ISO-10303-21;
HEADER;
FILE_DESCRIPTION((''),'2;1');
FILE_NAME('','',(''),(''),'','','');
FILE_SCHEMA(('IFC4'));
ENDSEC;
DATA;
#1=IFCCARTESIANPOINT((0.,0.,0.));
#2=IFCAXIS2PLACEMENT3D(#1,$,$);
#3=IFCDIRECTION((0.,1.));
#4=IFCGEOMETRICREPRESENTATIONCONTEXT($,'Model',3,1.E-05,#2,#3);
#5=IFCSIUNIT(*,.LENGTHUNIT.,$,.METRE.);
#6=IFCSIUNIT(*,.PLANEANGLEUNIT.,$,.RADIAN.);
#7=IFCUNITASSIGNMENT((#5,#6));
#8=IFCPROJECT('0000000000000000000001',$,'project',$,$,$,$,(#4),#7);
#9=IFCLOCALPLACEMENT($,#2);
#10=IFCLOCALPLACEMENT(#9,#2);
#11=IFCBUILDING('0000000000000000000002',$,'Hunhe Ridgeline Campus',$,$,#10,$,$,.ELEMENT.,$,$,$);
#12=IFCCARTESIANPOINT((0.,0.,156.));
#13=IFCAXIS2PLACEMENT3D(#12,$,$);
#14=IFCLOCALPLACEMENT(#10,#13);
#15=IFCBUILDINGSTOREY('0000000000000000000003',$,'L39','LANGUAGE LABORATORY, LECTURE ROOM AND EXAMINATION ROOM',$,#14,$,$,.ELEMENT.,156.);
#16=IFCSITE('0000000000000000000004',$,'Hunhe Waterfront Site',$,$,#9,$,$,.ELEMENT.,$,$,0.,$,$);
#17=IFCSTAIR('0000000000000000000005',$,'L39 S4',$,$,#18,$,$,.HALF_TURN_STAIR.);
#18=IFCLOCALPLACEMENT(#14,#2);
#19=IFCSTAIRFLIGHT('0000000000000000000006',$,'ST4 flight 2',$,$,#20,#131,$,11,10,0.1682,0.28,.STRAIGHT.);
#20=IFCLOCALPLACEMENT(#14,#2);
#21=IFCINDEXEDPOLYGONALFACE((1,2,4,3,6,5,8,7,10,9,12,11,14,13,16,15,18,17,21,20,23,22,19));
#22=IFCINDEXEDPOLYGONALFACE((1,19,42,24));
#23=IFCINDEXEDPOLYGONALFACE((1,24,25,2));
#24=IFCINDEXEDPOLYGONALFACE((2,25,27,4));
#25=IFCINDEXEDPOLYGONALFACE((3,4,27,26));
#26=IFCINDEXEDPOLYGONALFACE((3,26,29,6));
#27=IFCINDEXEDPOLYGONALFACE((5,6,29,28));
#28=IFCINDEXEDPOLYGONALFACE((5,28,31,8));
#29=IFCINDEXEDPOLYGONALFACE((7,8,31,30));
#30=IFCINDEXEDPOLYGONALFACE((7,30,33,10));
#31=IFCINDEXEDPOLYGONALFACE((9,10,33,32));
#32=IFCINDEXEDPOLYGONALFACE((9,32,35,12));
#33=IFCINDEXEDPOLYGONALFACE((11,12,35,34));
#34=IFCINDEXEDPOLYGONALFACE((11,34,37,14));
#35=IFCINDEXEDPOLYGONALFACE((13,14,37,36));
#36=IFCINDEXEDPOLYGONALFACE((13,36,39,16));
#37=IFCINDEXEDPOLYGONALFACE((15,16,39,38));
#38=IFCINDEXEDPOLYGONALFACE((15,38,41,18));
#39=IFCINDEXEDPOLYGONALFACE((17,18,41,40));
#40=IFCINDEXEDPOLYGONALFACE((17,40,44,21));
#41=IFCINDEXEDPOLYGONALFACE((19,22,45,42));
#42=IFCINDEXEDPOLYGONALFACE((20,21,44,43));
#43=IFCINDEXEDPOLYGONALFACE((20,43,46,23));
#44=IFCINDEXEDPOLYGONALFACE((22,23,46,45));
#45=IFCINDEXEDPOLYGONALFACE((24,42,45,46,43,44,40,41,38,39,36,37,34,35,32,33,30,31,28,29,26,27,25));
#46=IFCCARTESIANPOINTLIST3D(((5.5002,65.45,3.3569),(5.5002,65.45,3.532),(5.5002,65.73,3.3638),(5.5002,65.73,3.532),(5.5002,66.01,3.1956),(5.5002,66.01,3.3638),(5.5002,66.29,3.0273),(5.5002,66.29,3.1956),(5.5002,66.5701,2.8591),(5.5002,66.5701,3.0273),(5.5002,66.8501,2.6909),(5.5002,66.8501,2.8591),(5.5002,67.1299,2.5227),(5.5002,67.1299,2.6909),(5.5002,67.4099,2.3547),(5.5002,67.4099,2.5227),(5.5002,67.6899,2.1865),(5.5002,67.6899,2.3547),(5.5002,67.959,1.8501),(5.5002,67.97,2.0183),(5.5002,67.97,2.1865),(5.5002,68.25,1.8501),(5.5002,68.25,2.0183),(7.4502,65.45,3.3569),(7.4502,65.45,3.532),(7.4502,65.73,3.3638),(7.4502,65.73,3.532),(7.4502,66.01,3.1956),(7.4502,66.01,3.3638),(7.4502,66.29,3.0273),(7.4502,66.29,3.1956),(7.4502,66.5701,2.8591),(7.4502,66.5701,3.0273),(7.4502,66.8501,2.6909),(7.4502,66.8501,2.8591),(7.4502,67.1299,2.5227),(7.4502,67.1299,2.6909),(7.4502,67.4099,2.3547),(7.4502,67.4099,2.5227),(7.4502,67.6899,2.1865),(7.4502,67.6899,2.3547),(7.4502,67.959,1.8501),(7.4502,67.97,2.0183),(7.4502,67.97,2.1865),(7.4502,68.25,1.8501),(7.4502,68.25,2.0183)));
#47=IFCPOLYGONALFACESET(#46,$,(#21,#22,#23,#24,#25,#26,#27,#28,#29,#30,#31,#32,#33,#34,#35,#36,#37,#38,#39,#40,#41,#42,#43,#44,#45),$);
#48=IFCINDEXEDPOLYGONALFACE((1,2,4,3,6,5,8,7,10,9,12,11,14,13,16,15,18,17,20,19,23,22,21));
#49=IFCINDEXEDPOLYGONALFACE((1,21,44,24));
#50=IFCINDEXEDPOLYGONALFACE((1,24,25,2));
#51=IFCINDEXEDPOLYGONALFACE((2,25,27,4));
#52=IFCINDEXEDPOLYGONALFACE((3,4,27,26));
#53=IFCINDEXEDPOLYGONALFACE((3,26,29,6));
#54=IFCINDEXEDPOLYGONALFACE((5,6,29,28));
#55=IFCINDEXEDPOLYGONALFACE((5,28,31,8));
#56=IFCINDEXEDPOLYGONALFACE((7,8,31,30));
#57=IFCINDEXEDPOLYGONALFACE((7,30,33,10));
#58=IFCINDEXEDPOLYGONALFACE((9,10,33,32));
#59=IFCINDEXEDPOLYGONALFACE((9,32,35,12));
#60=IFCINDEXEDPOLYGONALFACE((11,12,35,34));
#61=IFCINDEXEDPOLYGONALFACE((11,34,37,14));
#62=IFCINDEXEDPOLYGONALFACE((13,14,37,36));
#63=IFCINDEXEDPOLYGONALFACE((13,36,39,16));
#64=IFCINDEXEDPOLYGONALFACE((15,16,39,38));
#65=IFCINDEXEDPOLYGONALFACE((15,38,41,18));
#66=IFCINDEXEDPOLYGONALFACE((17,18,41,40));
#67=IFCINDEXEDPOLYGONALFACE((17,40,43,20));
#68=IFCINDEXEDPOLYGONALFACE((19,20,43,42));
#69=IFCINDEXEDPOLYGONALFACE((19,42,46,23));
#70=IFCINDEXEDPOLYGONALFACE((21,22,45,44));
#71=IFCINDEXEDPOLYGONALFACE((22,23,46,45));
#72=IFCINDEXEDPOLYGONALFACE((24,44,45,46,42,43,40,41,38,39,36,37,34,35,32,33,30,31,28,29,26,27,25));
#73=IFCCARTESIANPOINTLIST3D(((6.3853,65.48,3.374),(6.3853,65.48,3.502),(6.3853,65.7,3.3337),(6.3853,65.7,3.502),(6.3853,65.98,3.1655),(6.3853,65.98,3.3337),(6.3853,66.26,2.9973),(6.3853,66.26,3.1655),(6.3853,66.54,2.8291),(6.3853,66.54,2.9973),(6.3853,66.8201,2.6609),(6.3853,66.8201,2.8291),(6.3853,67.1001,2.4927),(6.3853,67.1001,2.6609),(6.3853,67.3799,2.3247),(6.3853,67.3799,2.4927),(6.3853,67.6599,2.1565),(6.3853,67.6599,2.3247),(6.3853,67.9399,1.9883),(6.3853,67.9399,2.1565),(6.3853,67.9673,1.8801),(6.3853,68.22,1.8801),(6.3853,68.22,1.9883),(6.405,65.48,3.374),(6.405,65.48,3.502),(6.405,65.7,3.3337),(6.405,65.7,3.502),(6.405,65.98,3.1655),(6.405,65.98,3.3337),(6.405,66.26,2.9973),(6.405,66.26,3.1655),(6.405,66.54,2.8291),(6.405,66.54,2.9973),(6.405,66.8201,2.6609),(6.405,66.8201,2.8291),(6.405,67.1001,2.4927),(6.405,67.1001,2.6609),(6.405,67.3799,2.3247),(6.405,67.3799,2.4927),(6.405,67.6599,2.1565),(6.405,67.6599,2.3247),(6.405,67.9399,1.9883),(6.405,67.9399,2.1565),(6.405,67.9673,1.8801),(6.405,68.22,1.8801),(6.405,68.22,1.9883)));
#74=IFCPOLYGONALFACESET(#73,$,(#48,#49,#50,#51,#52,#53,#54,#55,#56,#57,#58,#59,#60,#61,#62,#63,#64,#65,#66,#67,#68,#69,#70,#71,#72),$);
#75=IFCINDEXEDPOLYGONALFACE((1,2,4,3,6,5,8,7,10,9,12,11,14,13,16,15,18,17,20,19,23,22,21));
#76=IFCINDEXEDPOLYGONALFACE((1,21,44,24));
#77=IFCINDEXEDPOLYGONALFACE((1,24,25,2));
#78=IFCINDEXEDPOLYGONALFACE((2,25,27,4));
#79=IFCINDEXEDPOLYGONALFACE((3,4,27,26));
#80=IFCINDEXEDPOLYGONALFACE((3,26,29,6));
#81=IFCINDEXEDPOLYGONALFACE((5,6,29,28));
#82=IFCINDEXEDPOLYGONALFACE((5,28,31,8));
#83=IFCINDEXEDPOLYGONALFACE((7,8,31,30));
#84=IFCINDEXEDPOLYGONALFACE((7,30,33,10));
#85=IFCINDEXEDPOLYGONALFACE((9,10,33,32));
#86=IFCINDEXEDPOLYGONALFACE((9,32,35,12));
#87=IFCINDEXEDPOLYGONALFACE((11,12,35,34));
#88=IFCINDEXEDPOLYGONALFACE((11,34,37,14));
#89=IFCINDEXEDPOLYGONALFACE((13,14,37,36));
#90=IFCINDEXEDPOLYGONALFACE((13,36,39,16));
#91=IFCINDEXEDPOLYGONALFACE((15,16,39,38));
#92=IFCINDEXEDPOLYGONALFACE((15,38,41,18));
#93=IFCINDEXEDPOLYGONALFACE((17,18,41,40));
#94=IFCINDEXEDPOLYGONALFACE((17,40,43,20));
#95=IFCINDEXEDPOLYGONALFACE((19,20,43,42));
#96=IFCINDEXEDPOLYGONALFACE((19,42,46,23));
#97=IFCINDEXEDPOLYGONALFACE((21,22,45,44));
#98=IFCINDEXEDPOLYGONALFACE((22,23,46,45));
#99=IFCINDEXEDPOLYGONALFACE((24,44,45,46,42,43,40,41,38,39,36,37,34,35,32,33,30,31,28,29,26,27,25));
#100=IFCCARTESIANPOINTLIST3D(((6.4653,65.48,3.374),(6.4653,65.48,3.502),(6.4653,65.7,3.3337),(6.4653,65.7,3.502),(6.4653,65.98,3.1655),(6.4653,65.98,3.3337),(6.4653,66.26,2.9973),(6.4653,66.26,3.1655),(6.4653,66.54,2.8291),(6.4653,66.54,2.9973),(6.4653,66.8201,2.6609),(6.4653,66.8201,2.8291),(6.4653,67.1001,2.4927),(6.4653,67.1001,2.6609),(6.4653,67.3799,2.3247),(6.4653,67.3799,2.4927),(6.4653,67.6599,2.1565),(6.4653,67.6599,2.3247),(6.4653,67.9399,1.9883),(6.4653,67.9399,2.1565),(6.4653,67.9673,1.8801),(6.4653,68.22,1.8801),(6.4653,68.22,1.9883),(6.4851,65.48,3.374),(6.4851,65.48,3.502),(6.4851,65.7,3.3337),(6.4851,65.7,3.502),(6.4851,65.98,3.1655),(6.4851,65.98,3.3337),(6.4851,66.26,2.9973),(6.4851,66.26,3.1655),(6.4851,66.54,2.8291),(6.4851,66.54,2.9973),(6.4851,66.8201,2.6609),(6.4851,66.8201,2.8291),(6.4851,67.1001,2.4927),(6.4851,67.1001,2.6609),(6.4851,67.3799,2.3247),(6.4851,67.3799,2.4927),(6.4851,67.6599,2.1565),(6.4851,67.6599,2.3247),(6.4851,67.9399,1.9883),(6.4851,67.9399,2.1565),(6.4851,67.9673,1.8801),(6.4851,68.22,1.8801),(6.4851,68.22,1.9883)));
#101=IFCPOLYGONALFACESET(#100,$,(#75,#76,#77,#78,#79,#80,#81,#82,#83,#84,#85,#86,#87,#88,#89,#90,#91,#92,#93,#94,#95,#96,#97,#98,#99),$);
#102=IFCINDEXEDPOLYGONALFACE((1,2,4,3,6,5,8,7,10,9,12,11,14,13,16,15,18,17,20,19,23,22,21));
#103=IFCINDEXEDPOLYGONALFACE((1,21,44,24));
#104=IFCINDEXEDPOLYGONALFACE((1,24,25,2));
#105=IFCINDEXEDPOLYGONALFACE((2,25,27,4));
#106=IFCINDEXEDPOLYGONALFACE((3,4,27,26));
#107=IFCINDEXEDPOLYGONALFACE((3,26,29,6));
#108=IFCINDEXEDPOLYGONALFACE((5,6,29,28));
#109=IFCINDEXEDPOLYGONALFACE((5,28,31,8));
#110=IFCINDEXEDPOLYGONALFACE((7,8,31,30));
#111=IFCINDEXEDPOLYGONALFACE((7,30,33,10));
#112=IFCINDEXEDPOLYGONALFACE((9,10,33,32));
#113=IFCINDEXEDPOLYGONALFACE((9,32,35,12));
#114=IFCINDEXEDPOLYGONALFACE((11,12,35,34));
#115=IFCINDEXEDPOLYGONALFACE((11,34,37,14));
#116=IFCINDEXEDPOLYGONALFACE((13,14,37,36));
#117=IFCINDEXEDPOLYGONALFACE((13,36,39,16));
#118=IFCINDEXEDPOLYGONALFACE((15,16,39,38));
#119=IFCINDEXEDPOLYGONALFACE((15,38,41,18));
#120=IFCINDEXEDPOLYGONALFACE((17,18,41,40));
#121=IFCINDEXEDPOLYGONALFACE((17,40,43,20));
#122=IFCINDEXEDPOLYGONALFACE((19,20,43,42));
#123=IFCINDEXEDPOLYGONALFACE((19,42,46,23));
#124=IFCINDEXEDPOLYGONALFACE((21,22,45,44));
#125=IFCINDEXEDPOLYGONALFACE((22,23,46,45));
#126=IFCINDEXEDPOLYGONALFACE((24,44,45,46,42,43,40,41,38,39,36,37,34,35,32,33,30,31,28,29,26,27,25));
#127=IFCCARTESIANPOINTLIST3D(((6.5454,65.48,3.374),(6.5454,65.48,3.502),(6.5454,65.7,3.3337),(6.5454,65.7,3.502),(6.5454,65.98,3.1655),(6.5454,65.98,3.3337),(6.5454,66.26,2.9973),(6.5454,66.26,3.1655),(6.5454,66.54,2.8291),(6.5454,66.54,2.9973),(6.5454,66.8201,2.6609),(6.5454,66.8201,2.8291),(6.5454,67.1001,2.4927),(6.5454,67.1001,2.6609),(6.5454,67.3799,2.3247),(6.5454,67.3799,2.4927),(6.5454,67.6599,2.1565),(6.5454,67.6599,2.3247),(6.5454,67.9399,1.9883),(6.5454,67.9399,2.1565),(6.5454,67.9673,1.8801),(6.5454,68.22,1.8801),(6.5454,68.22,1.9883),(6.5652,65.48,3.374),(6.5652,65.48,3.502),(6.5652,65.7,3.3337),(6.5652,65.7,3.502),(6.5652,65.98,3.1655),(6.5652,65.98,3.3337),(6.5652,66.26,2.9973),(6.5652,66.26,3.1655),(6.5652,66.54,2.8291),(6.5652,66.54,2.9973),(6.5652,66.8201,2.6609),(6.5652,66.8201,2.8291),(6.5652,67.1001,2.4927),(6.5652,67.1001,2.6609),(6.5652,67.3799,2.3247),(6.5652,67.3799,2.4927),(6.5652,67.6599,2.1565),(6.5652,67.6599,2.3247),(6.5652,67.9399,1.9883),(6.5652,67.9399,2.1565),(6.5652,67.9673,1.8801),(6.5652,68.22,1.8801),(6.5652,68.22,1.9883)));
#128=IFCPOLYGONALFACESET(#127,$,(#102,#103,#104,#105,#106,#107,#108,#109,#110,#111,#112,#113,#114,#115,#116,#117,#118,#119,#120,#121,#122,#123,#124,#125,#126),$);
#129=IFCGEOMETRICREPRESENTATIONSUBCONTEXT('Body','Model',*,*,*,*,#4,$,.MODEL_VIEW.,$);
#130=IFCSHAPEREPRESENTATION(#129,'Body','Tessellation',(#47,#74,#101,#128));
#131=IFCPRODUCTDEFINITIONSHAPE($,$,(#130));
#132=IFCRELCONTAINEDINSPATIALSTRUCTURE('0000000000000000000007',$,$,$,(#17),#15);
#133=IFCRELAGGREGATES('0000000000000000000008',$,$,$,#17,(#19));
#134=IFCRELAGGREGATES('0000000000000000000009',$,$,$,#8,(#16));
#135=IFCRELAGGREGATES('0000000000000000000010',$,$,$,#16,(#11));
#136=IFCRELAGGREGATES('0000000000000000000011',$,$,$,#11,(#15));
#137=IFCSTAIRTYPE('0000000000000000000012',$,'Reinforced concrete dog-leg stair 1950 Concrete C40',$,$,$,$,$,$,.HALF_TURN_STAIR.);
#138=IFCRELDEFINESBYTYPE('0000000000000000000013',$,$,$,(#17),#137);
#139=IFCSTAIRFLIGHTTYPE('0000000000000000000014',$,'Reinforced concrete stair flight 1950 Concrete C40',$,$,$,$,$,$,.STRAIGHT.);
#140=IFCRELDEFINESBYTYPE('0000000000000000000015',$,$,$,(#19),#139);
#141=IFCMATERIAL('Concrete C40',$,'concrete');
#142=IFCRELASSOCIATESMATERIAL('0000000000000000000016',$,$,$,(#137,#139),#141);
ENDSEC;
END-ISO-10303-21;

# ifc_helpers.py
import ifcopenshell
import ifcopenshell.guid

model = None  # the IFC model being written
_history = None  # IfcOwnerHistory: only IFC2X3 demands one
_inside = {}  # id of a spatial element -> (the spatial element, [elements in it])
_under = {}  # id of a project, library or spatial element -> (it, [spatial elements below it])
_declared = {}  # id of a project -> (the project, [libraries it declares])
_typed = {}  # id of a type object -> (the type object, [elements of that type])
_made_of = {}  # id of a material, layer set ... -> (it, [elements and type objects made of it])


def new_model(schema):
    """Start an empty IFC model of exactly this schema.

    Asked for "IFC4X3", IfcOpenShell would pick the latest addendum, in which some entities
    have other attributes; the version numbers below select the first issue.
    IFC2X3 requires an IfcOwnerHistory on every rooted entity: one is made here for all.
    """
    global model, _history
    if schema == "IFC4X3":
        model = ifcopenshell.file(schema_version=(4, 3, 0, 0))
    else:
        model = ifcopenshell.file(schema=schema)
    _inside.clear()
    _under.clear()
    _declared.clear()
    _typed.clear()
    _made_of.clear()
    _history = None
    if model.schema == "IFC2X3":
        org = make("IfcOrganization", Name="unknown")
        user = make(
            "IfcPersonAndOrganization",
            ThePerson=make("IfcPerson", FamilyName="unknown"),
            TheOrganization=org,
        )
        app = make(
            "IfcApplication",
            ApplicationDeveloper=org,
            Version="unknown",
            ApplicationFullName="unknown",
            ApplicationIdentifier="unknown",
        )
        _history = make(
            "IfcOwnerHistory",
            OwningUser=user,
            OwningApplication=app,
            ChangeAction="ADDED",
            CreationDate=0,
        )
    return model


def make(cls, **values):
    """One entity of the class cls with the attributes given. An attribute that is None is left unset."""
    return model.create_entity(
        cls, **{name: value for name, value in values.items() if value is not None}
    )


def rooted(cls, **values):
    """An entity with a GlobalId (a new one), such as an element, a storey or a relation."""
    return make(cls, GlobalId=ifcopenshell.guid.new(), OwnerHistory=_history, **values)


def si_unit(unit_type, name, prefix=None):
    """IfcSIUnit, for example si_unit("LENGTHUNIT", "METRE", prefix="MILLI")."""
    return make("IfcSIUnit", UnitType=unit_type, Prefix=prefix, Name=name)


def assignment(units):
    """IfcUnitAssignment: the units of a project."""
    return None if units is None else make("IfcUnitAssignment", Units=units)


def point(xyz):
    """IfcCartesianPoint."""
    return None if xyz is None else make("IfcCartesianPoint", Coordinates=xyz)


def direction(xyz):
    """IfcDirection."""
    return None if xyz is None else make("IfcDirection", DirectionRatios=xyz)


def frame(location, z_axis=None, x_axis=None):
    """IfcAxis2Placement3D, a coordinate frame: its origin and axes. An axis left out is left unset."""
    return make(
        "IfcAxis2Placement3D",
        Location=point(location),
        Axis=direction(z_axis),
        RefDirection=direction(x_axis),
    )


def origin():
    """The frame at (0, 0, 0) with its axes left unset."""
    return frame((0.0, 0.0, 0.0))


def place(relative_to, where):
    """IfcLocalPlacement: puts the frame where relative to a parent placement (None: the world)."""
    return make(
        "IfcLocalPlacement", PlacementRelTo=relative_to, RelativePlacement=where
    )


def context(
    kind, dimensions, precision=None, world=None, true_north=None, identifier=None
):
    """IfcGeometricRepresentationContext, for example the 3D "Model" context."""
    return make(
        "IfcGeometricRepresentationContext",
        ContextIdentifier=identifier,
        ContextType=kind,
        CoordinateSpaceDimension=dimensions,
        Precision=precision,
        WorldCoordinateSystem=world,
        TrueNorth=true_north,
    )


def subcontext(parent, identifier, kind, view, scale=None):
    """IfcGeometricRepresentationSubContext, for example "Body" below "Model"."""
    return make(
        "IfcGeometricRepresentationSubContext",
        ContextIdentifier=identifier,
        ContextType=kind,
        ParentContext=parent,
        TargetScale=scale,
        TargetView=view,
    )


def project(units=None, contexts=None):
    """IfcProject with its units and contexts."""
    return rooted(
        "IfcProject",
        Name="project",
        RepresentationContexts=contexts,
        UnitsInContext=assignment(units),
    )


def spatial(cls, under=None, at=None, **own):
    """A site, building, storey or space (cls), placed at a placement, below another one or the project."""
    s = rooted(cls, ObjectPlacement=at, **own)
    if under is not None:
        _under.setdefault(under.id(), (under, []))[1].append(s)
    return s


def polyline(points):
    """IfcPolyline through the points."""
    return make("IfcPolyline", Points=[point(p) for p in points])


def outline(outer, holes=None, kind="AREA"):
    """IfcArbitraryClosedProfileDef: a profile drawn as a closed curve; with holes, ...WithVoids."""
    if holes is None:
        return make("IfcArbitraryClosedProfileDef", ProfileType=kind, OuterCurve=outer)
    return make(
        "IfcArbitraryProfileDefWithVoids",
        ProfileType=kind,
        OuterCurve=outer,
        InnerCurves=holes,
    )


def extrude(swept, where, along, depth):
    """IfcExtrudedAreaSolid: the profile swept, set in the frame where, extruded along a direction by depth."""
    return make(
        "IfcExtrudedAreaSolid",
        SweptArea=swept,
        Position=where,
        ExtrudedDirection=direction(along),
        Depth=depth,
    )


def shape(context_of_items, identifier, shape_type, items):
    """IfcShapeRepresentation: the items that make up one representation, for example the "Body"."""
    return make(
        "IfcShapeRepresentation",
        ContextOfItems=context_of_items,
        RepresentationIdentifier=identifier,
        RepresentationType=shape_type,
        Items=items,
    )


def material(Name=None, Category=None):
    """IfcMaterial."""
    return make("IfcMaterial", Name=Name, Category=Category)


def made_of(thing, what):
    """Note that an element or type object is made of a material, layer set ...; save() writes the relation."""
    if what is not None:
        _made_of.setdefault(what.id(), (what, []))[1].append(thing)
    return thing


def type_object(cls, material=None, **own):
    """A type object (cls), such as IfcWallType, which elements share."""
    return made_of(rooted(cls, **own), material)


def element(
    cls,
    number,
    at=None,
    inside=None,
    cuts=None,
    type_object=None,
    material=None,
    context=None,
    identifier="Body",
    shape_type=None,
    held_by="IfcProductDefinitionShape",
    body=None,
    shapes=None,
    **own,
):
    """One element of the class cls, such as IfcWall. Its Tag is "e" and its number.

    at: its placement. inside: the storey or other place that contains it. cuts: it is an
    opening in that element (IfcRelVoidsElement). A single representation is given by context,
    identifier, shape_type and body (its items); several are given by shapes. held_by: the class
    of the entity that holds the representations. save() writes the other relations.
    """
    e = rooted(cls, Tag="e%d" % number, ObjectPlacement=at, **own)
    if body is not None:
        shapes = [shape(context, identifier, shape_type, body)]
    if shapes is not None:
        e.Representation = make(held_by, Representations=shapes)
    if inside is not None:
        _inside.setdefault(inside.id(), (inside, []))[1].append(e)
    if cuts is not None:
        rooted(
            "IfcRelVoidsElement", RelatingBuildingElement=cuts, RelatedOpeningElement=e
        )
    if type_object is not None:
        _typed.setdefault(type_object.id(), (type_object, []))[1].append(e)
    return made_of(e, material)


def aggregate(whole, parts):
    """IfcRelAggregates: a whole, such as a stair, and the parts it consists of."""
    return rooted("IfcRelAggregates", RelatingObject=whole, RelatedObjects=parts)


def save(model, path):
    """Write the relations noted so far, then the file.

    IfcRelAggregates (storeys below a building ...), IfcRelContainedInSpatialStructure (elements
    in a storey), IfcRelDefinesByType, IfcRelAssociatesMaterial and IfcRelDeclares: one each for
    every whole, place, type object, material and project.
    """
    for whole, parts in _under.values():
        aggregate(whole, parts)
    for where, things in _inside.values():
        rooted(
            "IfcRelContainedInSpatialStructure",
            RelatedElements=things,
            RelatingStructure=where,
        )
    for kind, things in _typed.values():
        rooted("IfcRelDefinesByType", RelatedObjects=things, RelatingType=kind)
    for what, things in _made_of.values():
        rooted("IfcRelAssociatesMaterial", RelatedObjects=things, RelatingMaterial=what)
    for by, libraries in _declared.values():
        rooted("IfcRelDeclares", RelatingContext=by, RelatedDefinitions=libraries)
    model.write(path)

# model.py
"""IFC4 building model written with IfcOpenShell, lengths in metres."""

from ifc_helpers import new_model, si_unit, direction, frame, origin, place, context, subcontext, project, spatial, polyline, outline, extrude, material, type_object, element, aggregate, save


model = new_model("IFC4")

# Units and contexts
model_context = context("Model", 3, precision=1e-05, world=origin(), true_north=direction((0.0, 1.0)))
body_context = subcontext(model_context, "Body", "Model", "MODEL_VIEW")
ifc_project = project(units=[si_unit("LENGTHUNIT", "METRE"), si_unit("PLANEANGLEUNIT", "RADIAN")], contexts=[model_context])

# Site, building, storey
site_placement = place(None, origin())
site = spatial("IfcSite", under=ifc_project, at=site_placement, Name="Hunhe Waterfront Site", CompositionType="ELEMENT", RefElevation=0.0)
building_placement = place(site_placement, origin())
building = spatial("IfcBuilding", under=site, at=building_placement, Name="Hunhe Ridgeline Campus", CompositionType="ELEMENT")
storey_placement = place(building_placement, frame((0.0, 0.0, 156.0)))
storey = spatial("IfcBuildingStorey", under=building, at=storey_placement, Name="L39", Description="LANGUAGE LABORATORY, LECTURE ROOM AND EXAMINATION ROOM", CompositionType="ELEMENT", Elevation=156.0)

# Stair, stair flight
ifc_material_1 = material(Name="Concrete C40", Category="concrete")
stair_type = type_object("IfcStairType", Name="Reinforced concrete dog-leg stair 1950 Concrete C40", PredefinedType="HALF_TURN_STAIR", material=ifc_material_1)
stair_flight_type = type_object("IfcStairFlightType", Name="Reinforced concrete stair flight 1950 Concrete C40", PredefinedType="STRAIGHT", material=ifc_material_1)
stair_1_placement = place(storey_placement, origin())
stair_1 = element("IfcStair", 1, at=stair_1_placement, inside=storey, type_object=stair_type, Name="L39 S4", PredefinedType="HALF_TURN_STAIR")
stair_flight_1_placement = place(storey_placement, frame((6.4751, 68.25, 1.8501), z_axis=(0.0, 0.0, 1.0), x_axis=(0.0, -1.0, 0.0)))
stair_flight_1 = element("IfcStairFlight", 2, at=stair_flight_1_placement, type_object=stair_flight_type, Name="ST4 flight 2", NumberOfRisers=11, NumberOfTreads=10, PredefinedType="STRAIGHT", RiserHeight=0.1682, TreadLength=0.28, context=body_context, shape_type="SweptSolid", body=[
    extrude(outline(polyline([(0.0, 0.0), (0.0, 0.1682), (0.28, 0.1682), (0.28, 0.3364), (0.5601, 0.3364), (0.5601, 0.5046), (0.8401, 0.5046), (0.8401, 0.6726), (1.1201, 0.6726), (1.1201, 0.8408), (1.3999, 0.8408), (1.3999, 1.009), (1.6799, 1.009), (1.6799, 1.1772), (1.96, 1.1772), (1.96, 1.3455), (2.24, 1.3455), (2.24, 1.5137), (2.52, 1.5137), (2.52, 1.6819), (2.8, 1.6819), (2.8, 1.8501), (2.8, 1.5068), (0.291, 0.0), (0.0, 0.0)])), frame((0.0, 0.9751, 0.0), z_axis=(0.0, -1.0, 0.0), x_axis=(1.0, 0.0, 0.0)), (0.0, 0.0, 1.0), 1.95),
    extrude(outline(polyline([(0.03, 0.03), (0.03, 0.1382), (0.3101, 0.1382), (0.3101, 0.3064), (0.5901, 0.3064), (0.5901, 0.4746), (0.8701, 0.4746), (0.8701, 0.6426), (1.1499, 0.6426), (1.1499, 0.8108), (1.4299, 0.8108), (1.4299, 0.979), (1.71, 0.979), (1.71, 1.1472), (1.99, 1.1472), (1.99, 1.3154), (2.27, 1.3154), (2.27, 1.4836), (2.55, 1.4836), (2.55, 1.6519), (2.77, 1.6519), (2.77, 1.5239), (0.2827, 0.03), (0.03, 0.03)])), frame((0.0, -0.0701, 0.0), z_axis=(0.0, -1.0, 0.0), x_axis=(1.0, 0.0, 0.0)), (0.0, 0.0, 1.0), 0.0198),
    extrude(outline(polyline([(0.03, 0.03), (0.03, 0.1382), (0.3101, 0.1382), (0.3101, 0.3064), (0.5901, 0.3064), (0.5901, 0.4746), (0.8701, 0.4746), (0.8701, 0.6426), (1.1499, 0.6426), (1.1499, 0.8108), (1.4299, 0.8108), (1.4299, 0.979), (1.71, 0.979), (1.71, 1.1472), (1.99, 1.1472), (1.99, 1.3154), (2.27, 1.3154), (2.27, 1.4836), (2.55, 1.4836), (2.55, 1.6519), (2.77, 1.6519), (2.77, 1.5239), (0.2827, 0.03), (0.03, 0.03)])), frame((0.0, 0.01, 0.0), z_axis=(0.0, -1.0, 0.0), x_axis=(1.0, 0.0, 0.0)), (0.0, 0.0, 1.0), 0.0198),
    extrude(outline(polyline([(0.03, 0.03), (0.03, 0.1382), (0.3101, 0.1382), (0.3101, 0.3064), (0.5901, 0.3064), (0.5901, 0.4746), (0.8701, 0.4746), (0.8701, 0.6426), (1.1499, 0.6426), (1.1499, 0.8108), (1.4299, 0.8108), (1.4299, 0.979), (1.71, 0.979), (1.71, 1.1472), (1.99, 1.1472), (1.99, 1.3154), (2.27, 1.3154), (2.27, 1.4836), (2.55, 1.4836), (2.55, 1.6519), (2.77, 1.6519), (2.77, 1.5239), (0.2827, 0.03), (0.03, 0.03)])), frame((0.0, 0.0901, 0.0), z_axis=(0.0, -1.0, 0.0), x_axis=(1.0, 0.0, 0.0)), (0.0, 0.0, 1.0), 0.0198),
])
aggregate(stair_1, [stair_flight_1])

save(model, "model.ifc")
